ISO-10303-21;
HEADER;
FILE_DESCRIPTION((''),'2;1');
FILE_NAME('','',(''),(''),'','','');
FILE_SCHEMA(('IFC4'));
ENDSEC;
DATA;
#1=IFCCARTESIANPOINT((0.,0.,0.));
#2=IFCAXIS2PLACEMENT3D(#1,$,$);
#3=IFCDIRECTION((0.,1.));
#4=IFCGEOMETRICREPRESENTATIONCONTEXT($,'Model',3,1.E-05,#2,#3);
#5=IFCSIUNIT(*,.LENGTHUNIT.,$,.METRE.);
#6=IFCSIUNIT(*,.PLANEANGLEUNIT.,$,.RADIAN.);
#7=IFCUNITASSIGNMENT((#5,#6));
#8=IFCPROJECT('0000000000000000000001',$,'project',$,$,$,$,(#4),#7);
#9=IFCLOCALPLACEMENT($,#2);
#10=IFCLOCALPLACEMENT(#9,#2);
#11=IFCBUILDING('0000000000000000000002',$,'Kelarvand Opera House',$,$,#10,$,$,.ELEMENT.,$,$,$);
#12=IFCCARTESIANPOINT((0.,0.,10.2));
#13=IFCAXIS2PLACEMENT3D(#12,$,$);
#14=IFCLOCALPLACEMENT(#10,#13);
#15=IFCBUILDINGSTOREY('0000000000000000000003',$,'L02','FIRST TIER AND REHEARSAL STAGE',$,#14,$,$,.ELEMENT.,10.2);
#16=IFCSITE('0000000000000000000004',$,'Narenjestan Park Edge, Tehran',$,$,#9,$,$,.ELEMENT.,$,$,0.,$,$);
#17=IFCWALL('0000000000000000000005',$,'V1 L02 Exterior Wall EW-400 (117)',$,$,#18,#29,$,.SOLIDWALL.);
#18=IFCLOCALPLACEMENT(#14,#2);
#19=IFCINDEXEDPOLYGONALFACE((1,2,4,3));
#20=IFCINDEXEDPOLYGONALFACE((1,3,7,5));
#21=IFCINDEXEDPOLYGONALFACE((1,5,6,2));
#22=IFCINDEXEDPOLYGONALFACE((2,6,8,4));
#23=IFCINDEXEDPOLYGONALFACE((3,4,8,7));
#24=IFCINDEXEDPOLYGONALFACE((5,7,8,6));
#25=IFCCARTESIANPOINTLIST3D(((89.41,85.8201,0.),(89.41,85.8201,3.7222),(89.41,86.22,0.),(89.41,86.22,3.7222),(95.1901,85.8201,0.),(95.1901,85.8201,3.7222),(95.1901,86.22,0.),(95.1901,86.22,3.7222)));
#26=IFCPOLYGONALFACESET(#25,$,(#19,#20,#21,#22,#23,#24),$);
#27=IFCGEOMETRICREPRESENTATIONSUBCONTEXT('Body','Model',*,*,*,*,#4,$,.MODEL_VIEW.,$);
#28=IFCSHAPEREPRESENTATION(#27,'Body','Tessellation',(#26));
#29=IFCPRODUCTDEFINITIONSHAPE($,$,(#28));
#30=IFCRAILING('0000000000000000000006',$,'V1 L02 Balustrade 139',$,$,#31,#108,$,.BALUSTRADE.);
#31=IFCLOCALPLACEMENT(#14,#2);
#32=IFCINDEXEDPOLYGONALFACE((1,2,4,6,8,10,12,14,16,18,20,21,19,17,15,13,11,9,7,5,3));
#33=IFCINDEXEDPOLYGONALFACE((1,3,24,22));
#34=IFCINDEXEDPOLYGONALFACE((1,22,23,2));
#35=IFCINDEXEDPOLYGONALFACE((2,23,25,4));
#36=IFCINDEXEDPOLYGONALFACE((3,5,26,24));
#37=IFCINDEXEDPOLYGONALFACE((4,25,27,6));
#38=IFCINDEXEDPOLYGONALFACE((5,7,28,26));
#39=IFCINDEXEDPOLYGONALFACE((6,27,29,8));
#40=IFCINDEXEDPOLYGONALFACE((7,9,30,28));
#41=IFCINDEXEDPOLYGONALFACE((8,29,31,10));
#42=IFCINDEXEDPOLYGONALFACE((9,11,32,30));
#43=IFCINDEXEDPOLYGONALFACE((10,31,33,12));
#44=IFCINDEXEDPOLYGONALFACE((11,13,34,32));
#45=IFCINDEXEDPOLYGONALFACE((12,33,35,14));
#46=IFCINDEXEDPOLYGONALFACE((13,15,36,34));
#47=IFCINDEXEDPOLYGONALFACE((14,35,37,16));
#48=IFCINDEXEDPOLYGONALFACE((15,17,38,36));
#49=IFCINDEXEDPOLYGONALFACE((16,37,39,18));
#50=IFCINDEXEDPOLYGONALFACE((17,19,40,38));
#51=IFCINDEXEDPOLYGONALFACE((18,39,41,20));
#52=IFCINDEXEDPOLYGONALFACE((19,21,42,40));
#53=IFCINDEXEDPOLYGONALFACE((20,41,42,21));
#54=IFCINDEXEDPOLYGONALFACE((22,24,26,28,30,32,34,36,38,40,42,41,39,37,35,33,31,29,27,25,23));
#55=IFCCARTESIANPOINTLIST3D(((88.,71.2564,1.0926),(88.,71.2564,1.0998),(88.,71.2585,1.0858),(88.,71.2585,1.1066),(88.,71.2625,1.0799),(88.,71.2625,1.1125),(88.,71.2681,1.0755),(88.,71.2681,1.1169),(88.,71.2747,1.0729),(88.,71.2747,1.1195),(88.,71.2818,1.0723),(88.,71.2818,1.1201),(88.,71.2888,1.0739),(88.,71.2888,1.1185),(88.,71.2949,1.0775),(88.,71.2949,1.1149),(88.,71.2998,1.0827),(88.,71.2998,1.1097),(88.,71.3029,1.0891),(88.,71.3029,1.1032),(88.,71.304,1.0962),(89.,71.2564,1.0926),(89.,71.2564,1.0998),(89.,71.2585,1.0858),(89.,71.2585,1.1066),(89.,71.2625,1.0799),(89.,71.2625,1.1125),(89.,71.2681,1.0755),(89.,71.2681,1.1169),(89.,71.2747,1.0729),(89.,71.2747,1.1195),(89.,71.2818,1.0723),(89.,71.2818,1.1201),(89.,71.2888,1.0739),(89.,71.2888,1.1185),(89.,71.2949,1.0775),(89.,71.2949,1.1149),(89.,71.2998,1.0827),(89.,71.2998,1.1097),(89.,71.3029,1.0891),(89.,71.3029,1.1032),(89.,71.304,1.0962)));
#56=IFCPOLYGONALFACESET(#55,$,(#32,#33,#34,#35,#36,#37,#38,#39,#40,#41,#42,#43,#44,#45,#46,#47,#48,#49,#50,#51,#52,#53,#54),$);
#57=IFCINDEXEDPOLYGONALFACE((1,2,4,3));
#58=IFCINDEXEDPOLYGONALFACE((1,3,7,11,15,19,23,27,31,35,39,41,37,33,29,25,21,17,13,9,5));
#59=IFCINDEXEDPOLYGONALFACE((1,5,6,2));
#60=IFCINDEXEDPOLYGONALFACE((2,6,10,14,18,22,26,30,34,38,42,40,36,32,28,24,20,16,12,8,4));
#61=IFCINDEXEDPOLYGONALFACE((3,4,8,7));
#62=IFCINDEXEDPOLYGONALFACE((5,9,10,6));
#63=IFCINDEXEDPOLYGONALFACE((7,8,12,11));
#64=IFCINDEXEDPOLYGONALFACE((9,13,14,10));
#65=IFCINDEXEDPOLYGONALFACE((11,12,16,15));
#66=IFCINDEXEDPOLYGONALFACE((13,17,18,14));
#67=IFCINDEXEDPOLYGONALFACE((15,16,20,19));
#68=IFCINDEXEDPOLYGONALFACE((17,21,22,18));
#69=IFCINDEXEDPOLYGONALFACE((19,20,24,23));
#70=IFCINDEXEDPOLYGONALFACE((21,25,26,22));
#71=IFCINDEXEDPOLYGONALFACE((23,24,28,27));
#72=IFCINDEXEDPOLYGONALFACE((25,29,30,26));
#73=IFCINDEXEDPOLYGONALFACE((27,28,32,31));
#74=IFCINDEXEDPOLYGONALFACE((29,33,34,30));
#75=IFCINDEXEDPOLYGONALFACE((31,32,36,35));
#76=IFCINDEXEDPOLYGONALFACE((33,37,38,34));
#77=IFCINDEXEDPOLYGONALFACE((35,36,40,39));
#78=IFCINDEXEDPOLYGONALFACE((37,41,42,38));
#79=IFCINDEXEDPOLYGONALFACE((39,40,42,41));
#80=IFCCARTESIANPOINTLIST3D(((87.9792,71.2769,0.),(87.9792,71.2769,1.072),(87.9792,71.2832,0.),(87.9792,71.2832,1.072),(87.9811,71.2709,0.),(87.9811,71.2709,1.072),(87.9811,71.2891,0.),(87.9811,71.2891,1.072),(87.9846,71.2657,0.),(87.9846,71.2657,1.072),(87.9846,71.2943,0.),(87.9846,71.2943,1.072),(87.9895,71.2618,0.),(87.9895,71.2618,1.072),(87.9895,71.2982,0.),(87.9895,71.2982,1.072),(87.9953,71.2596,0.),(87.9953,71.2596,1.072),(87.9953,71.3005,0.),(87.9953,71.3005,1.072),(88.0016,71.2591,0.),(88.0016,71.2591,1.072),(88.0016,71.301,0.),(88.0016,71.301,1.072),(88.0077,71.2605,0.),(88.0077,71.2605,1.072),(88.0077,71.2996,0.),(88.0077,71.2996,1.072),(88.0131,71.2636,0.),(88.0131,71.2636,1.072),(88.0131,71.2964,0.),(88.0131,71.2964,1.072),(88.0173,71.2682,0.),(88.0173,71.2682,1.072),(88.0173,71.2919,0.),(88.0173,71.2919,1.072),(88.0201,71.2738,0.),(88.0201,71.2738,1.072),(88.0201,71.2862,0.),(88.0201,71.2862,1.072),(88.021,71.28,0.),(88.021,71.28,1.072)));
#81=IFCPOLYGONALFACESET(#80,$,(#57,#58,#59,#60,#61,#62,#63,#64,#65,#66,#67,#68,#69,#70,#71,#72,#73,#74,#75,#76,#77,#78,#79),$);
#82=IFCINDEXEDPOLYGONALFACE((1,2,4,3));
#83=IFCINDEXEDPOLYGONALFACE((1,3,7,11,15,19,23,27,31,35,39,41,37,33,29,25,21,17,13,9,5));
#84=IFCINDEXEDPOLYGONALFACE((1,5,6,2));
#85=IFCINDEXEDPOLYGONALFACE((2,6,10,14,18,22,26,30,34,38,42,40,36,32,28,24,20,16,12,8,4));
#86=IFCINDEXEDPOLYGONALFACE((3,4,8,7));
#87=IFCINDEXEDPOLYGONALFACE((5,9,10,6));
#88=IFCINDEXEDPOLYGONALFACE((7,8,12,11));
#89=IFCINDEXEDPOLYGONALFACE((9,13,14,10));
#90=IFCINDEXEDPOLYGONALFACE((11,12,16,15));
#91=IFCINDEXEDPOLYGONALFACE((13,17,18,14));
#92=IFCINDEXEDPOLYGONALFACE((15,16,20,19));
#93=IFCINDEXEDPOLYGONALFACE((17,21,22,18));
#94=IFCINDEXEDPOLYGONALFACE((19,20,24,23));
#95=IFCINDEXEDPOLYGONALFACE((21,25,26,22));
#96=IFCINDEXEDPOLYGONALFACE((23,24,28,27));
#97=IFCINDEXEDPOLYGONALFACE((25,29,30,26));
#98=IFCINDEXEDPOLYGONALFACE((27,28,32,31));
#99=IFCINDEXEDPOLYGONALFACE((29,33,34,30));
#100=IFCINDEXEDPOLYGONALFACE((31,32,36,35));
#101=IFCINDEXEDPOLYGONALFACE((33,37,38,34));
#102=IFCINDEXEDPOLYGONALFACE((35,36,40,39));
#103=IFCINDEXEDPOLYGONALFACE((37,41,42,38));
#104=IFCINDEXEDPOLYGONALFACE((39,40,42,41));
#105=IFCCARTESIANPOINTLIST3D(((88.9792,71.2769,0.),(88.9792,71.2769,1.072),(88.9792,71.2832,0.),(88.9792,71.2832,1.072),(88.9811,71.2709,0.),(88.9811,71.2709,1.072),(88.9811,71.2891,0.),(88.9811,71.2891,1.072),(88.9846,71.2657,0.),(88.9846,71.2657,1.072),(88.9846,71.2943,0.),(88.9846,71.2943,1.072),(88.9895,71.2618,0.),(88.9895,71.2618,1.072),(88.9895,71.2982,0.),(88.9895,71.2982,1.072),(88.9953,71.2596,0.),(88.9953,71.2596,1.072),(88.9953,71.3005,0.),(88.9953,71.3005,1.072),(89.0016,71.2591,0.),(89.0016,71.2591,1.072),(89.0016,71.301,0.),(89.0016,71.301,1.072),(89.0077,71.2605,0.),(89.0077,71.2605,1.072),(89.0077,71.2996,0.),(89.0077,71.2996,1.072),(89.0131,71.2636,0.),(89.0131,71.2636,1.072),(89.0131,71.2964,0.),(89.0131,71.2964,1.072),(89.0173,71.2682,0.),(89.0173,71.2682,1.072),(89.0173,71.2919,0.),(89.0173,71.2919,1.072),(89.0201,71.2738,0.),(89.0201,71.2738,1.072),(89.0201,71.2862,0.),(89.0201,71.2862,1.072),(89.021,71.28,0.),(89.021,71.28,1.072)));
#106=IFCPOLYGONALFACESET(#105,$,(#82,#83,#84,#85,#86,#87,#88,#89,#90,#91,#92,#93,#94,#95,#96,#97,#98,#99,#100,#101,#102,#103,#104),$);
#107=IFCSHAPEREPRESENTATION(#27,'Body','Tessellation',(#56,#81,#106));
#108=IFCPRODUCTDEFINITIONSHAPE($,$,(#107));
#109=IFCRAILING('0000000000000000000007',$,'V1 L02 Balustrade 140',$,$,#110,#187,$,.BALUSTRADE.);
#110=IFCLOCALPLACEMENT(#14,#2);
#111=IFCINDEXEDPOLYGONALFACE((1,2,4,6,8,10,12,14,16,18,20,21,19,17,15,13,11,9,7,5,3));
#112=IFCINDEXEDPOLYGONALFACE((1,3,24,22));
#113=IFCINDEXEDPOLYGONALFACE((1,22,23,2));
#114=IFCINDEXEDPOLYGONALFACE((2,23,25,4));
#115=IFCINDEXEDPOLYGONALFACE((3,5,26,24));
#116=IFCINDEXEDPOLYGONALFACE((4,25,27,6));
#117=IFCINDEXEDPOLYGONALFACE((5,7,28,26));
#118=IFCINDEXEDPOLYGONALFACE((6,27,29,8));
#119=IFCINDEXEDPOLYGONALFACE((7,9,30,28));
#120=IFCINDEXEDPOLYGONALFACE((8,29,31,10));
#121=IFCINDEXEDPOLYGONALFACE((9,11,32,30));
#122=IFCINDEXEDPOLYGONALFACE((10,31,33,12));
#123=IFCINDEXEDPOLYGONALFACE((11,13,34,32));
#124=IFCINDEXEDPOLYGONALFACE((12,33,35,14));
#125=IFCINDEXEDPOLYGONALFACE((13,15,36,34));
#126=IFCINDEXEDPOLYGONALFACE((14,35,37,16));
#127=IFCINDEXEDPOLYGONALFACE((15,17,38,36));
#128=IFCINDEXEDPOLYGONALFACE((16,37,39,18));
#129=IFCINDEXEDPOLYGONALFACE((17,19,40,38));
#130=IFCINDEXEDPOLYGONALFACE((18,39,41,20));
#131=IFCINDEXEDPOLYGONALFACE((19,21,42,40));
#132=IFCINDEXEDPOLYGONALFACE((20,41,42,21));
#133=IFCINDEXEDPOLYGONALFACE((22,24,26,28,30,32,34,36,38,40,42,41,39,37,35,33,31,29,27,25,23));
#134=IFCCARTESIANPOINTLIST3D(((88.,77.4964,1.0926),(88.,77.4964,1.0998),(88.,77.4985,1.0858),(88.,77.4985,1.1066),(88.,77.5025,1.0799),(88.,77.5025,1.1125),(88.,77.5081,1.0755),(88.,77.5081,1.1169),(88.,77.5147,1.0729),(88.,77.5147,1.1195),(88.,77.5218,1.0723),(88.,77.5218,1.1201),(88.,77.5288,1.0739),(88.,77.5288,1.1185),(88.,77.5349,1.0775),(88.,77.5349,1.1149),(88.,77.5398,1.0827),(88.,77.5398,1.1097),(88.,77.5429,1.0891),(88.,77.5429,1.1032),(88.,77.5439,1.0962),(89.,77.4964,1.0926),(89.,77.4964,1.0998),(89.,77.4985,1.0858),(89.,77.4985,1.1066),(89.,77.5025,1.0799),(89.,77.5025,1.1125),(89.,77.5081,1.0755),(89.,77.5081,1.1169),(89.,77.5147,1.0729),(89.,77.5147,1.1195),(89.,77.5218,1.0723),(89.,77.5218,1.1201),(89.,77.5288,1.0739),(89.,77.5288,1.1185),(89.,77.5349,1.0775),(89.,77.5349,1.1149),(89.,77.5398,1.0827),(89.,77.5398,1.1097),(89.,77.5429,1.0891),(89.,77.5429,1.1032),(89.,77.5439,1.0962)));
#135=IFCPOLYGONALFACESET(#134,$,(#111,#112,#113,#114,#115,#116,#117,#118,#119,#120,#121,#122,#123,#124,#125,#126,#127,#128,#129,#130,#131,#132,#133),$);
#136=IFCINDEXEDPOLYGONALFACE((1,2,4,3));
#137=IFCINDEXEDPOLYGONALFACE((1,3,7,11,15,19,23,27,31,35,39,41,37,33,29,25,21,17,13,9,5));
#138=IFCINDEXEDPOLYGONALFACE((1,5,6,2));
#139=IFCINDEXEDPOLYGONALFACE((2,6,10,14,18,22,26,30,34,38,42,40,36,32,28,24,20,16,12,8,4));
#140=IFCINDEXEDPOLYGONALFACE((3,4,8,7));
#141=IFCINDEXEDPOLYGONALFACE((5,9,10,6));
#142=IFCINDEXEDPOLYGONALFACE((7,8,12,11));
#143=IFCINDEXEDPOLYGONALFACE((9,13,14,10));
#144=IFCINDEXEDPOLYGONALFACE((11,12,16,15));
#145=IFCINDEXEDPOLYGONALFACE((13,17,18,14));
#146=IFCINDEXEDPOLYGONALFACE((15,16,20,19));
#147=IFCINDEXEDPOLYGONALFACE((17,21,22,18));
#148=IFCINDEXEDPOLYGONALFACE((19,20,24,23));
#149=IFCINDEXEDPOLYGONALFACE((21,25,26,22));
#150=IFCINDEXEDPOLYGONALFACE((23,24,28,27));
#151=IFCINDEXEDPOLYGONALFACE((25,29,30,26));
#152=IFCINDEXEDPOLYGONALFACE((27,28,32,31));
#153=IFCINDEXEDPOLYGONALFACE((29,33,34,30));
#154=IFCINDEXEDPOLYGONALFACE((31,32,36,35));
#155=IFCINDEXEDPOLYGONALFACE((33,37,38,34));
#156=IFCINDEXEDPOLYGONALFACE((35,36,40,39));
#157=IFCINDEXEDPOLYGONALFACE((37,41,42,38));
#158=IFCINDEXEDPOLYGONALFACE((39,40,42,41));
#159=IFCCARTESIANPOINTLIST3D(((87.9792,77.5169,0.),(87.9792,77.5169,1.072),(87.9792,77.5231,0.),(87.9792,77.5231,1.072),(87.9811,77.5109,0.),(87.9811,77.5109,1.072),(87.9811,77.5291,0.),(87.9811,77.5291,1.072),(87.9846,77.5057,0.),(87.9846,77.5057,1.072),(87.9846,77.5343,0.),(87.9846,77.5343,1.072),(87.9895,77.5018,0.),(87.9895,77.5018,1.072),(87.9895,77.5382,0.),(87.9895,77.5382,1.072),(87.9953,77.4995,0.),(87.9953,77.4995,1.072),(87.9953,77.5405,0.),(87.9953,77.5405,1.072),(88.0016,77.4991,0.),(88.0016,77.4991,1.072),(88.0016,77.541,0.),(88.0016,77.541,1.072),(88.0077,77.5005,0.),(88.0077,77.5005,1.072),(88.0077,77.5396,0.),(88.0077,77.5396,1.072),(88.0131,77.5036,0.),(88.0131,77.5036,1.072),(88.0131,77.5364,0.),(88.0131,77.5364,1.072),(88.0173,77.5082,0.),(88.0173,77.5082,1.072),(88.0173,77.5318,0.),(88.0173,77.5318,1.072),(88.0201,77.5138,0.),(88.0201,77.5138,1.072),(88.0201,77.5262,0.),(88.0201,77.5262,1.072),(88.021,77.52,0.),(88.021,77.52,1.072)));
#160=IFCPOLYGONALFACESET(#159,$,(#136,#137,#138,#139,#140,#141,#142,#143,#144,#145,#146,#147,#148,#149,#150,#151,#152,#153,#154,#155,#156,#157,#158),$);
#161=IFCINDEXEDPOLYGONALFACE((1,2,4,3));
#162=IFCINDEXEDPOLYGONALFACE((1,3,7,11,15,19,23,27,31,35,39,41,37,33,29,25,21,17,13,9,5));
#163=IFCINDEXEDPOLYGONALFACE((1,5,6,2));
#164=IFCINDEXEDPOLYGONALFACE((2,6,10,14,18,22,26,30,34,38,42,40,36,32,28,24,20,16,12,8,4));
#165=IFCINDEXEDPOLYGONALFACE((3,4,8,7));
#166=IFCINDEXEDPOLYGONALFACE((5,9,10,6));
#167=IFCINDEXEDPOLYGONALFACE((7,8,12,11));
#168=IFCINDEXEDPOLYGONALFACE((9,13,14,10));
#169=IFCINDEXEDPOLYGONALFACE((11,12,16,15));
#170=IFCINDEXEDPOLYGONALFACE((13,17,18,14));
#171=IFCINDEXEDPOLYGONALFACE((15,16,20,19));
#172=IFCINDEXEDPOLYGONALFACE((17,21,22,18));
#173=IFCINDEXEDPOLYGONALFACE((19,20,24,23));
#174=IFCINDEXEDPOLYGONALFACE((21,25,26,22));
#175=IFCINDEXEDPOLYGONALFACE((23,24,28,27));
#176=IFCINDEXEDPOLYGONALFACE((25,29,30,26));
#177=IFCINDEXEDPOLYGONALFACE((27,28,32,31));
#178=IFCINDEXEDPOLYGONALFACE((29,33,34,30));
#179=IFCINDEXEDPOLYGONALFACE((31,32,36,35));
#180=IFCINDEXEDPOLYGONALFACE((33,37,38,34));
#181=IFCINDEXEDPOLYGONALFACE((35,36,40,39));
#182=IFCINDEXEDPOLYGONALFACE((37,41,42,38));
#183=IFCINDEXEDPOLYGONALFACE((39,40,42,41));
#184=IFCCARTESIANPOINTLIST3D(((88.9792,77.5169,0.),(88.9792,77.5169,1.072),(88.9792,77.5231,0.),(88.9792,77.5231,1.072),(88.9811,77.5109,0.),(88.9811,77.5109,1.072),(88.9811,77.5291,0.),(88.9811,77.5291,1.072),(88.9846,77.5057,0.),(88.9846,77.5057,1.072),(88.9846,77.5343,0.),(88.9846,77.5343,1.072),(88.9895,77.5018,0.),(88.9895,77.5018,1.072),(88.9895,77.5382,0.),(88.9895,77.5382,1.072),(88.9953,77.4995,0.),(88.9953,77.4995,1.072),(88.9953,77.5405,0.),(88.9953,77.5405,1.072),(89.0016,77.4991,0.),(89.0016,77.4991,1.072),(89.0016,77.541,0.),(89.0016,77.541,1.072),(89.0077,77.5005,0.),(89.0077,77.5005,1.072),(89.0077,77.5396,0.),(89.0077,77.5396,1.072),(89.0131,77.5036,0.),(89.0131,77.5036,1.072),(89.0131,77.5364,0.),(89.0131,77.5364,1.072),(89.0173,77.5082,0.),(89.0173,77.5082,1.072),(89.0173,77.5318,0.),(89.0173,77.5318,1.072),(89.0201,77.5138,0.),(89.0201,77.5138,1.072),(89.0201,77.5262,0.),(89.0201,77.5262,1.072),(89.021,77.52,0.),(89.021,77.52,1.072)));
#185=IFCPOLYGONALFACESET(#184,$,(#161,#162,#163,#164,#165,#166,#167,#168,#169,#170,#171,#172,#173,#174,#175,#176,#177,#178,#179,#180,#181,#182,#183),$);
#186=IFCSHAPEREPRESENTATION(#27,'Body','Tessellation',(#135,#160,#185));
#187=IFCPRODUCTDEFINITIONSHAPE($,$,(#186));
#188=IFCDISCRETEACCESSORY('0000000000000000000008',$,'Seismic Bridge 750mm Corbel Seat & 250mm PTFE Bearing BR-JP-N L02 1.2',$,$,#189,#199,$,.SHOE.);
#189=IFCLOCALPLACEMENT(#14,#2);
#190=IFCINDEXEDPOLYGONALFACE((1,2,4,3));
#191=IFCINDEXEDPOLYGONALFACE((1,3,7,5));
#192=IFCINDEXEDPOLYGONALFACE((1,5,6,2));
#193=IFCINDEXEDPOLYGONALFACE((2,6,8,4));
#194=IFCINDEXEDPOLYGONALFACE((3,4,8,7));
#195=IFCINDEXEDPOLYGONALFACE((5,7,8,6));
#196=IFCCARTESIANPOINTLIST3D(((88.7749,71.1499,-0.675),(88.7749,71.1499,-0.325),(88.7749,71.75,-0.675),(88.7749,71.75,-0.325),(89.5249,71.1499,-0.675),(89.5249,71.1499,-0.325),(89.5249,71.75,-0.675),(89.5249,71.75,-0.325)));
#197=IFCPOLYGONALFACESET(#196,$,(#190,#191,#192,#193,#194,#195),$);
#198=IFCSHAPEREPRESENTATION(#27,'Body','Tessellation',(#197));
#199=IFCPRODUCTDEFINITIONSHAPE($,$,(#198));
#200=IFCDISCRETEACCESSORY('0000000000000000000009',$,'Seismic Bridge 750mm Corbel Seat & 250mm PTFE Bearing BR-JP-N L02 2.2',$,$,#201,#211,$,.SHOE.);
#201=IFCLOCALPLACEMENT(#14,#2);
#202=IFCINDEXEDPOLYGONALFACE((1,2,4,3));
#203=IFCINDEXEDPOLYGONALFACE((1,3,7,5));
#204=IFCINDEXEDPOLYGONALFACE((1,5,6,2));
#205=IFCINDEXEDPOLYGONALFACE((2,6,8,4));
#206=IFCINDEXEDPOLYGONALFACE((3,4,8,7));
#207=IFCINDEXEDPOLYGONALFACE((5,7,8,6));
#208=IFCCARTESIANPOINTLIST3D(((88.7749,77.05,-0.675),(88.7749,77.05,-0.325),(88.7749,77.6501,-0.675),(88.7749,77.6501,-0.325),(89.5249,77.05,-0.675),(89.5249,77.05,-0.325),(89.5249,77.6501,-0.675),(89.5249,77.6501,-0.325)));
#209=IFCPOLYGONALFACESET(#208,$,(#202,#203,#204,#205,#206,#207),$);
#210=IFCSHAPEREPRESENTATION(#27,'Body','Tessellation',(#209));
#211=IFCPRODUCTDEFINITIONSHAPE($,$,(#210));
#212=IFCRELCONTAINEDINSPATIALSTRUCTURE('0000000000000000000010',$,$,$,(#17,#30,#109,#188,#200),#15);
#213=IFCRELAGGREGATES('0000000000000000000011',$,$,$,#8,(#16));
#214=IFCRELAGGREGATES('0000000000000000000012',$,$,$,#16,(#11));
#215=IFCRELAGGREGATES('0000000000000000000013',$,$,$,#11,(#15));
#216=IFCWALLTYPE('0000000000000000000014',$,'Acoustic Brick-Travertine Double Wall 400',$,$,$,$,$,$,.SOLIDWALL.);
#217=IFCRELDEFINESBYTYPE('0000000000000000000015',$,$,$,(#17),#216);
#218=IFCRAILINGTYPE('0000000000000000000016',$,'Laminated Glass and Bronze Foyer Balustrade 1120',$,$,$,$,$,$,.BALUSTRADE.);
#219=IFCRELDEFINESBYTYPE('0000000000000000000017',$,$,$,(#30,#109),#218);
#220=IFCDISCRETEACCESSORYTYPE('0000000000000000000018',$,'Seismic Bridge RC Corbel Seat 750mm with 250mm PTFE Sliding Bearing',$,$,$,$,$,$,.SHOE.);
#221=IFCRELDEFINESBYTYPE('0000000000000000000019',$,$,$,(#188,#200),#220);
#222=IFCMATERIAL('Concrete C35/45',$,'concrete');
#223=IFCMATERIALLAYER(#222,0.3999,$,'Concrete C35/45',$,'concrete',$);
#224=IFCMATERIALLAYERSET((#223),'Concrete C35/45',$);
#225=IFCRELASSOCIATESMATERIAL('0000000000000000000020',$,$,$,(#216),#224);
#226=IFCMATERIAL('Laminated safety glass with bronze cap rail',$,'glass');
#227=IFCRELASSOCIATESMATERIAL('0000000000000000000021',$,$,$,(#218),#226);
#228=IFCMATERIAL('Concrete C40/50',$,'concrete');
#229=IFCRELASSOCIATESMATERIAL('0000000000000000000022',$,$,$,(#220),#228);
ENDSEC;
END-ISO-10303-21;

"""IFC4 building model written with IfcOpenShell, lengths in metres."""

from ifc_helpers import new_model, si_unit, direction, frame, frame_2d, origin, origin_2d, place, context, subcontext, project, spatial, rectangle, circle, extrude, material, layer, layer_set, type_object, element, save


model = new_model("IFC4")

# Units and contexts
model_context = context("Model", 3, precision=1e-05, world=origin(), true_north=direction((0.0, 1.0)))
body_context = subcontext(model_context, "Body", "Model", "MODEL_VIEW")
ifc_project = project(units=[si_unit("LENGTHUNIT", "METRE"), si_unit("PLANEANGLEUNIT", "RADIAN")], contexts=[model_context])

# Site, building, storey
site_placement = place(None, origin())
site = spatial("IfcSite", under=ifc_project, at=site_placement, Name="Narenjestan Park Edge, Tehran", CompositionType="ELEMENT", RefElevation=0.0)
building_placement = place(site_placement, origin())
building = spatial("IfcBuilding", under=site, at=building_placement, Name="Kelarvand Opera House", CompositionType="ELEMENT")
storey_placement = place(building_placement, frame((0.0, 0.0, 10.2)))
storey = spatial("IfcBuildingStorey", under=building, at=storey_placement, Name="L02", Description="FIRST TIER AND REHEARSAL STAGE", CompositionType="ELEMENT", Elevation=10.2)

# Shared definitions
ifc_material_1 = material(Name="Concrete C40/50", Category="concrete")

# Wall
ifc_material_2 = material(Name="Concrete C35/45", Category="concrete")
ifc_layer = layer(ifc_material_2, 0.3999, Name="Concrete C35/45", Category="concrete")
ifc_layer_set = layer_set([ifc_layer], Name="Concrete C35/45")
wall_type = type_object("IfcWallType", Name="Acoustic Brick-Travertine Double Wall 400", PredefinedType="SOLIDWALL", material=ifc_layer_set)
wall_1_placement = place(storey_placement, frame((89.4099, 86.02, 0.0), z_axis=(0.0, 0.0, 1.0), x_axis=(1.0, 0.0, 0.0)))
element("IfcWall", 1, at=wall_1_placement, inside=storey, type_object=wall_type, Name="V1 L02 Exterior Wall EW-400 (117)", PredefinedType="SOLIDWALL", context=body_context, shape_type="SweptSolid", body=[
    extrude(rectangle(XDim=5.78, YDim=0.3999, at=frame_2d((2.8901, 0.0))), origin(), (0.0, 0.0, 1.0), 3.7222),
])

# Railings
ifc_material_3 = material(Name="Laminated safety glass with bronze cap rail", Category="glass")
railing_type = type_object("IfcRailingType", Name="Laminated Glass and Bronze Foyer Balustrade 1120", PredefinedType="BALUSTRADE", material=ifc_material_3)
for number, where, name in (
    (2, (88.0, 71.28, 0.0), "V1 L02 Balustrade 139"),
    (3, (88.0, 77.52, 0.0), "V1 L02 Balustrade 140"),
):
    element("IfcRailing", number, at=place(storey_placement, frame(where)), inside=storey, type_object=railing_type, Name=name, PredefinedType="BALUSTRADE", context=body_context, shape_type="SweptSolid", body=[
        extrude(circle(Radius=0.0239, at=origin_2d()), frame((0.0, 0.0, 1.0962), z_axis=(1.0, 0.0, 0.0), x_axis=(0.0, 1.0, 0.0)), (0.0, 0.0, 1.0), 1.0),
        extrude(circle(Radius=0.021, at=origin_2d()), origin(), (0.0, 0.0, 1.0), 1.072),
        extrude(circle(Radius=0.021, at=origin_2d()), frame((1.0, 0.0, 0.0)), (0.0, 0.0, 1.0), 1.072),
    ])

# Discrete accessories
discrete_accessory_type_1 = type_object("IfcDiscreteAccessoryType", Name="Seismic Bridge RC Corbel Seat 750mm with 250mm PTFE Sliding Bearing", PredefinedType="SHOE", material=ifc_material_1)
for number, where, z_axis, x_axis, name in (
    (4, (89.1499, 71.45, -0.675), (0.0, 0.0, 1.0), (1.0, 0.0, 0.0), "Seismic Bridge 750mm Corbel Seat & 250mm PTFE Bearing BR-JP-N L02 1.2"),
    (5, (89.1499, 77.3501, -0.675), (0.0, 0.0, 1.0), (1.0, 0.0, 0.0), "Seismic Bridge 750mm Corbel Seat & 250mm PTFE Bearing BR-JP-N L02 2.2"),
):
    element("IfcDiscreteAccessory", number, at=place(storey_placement, frame(where, z_axis=z_axis, x_axis=x_axis)), inside=storey, type_object=discrete_accessory_type_1, Name=name, PredefinedType="SHOE", context=body_context, shape_type="SweptSolid", body=[
        extrude(rectangle(XDim=0.75, YDim=0.6001, at=origin_2d()), origin(), (0.0, 0.0, 1.0), 0.3501),
    ])

save(model, "model.ifc")
